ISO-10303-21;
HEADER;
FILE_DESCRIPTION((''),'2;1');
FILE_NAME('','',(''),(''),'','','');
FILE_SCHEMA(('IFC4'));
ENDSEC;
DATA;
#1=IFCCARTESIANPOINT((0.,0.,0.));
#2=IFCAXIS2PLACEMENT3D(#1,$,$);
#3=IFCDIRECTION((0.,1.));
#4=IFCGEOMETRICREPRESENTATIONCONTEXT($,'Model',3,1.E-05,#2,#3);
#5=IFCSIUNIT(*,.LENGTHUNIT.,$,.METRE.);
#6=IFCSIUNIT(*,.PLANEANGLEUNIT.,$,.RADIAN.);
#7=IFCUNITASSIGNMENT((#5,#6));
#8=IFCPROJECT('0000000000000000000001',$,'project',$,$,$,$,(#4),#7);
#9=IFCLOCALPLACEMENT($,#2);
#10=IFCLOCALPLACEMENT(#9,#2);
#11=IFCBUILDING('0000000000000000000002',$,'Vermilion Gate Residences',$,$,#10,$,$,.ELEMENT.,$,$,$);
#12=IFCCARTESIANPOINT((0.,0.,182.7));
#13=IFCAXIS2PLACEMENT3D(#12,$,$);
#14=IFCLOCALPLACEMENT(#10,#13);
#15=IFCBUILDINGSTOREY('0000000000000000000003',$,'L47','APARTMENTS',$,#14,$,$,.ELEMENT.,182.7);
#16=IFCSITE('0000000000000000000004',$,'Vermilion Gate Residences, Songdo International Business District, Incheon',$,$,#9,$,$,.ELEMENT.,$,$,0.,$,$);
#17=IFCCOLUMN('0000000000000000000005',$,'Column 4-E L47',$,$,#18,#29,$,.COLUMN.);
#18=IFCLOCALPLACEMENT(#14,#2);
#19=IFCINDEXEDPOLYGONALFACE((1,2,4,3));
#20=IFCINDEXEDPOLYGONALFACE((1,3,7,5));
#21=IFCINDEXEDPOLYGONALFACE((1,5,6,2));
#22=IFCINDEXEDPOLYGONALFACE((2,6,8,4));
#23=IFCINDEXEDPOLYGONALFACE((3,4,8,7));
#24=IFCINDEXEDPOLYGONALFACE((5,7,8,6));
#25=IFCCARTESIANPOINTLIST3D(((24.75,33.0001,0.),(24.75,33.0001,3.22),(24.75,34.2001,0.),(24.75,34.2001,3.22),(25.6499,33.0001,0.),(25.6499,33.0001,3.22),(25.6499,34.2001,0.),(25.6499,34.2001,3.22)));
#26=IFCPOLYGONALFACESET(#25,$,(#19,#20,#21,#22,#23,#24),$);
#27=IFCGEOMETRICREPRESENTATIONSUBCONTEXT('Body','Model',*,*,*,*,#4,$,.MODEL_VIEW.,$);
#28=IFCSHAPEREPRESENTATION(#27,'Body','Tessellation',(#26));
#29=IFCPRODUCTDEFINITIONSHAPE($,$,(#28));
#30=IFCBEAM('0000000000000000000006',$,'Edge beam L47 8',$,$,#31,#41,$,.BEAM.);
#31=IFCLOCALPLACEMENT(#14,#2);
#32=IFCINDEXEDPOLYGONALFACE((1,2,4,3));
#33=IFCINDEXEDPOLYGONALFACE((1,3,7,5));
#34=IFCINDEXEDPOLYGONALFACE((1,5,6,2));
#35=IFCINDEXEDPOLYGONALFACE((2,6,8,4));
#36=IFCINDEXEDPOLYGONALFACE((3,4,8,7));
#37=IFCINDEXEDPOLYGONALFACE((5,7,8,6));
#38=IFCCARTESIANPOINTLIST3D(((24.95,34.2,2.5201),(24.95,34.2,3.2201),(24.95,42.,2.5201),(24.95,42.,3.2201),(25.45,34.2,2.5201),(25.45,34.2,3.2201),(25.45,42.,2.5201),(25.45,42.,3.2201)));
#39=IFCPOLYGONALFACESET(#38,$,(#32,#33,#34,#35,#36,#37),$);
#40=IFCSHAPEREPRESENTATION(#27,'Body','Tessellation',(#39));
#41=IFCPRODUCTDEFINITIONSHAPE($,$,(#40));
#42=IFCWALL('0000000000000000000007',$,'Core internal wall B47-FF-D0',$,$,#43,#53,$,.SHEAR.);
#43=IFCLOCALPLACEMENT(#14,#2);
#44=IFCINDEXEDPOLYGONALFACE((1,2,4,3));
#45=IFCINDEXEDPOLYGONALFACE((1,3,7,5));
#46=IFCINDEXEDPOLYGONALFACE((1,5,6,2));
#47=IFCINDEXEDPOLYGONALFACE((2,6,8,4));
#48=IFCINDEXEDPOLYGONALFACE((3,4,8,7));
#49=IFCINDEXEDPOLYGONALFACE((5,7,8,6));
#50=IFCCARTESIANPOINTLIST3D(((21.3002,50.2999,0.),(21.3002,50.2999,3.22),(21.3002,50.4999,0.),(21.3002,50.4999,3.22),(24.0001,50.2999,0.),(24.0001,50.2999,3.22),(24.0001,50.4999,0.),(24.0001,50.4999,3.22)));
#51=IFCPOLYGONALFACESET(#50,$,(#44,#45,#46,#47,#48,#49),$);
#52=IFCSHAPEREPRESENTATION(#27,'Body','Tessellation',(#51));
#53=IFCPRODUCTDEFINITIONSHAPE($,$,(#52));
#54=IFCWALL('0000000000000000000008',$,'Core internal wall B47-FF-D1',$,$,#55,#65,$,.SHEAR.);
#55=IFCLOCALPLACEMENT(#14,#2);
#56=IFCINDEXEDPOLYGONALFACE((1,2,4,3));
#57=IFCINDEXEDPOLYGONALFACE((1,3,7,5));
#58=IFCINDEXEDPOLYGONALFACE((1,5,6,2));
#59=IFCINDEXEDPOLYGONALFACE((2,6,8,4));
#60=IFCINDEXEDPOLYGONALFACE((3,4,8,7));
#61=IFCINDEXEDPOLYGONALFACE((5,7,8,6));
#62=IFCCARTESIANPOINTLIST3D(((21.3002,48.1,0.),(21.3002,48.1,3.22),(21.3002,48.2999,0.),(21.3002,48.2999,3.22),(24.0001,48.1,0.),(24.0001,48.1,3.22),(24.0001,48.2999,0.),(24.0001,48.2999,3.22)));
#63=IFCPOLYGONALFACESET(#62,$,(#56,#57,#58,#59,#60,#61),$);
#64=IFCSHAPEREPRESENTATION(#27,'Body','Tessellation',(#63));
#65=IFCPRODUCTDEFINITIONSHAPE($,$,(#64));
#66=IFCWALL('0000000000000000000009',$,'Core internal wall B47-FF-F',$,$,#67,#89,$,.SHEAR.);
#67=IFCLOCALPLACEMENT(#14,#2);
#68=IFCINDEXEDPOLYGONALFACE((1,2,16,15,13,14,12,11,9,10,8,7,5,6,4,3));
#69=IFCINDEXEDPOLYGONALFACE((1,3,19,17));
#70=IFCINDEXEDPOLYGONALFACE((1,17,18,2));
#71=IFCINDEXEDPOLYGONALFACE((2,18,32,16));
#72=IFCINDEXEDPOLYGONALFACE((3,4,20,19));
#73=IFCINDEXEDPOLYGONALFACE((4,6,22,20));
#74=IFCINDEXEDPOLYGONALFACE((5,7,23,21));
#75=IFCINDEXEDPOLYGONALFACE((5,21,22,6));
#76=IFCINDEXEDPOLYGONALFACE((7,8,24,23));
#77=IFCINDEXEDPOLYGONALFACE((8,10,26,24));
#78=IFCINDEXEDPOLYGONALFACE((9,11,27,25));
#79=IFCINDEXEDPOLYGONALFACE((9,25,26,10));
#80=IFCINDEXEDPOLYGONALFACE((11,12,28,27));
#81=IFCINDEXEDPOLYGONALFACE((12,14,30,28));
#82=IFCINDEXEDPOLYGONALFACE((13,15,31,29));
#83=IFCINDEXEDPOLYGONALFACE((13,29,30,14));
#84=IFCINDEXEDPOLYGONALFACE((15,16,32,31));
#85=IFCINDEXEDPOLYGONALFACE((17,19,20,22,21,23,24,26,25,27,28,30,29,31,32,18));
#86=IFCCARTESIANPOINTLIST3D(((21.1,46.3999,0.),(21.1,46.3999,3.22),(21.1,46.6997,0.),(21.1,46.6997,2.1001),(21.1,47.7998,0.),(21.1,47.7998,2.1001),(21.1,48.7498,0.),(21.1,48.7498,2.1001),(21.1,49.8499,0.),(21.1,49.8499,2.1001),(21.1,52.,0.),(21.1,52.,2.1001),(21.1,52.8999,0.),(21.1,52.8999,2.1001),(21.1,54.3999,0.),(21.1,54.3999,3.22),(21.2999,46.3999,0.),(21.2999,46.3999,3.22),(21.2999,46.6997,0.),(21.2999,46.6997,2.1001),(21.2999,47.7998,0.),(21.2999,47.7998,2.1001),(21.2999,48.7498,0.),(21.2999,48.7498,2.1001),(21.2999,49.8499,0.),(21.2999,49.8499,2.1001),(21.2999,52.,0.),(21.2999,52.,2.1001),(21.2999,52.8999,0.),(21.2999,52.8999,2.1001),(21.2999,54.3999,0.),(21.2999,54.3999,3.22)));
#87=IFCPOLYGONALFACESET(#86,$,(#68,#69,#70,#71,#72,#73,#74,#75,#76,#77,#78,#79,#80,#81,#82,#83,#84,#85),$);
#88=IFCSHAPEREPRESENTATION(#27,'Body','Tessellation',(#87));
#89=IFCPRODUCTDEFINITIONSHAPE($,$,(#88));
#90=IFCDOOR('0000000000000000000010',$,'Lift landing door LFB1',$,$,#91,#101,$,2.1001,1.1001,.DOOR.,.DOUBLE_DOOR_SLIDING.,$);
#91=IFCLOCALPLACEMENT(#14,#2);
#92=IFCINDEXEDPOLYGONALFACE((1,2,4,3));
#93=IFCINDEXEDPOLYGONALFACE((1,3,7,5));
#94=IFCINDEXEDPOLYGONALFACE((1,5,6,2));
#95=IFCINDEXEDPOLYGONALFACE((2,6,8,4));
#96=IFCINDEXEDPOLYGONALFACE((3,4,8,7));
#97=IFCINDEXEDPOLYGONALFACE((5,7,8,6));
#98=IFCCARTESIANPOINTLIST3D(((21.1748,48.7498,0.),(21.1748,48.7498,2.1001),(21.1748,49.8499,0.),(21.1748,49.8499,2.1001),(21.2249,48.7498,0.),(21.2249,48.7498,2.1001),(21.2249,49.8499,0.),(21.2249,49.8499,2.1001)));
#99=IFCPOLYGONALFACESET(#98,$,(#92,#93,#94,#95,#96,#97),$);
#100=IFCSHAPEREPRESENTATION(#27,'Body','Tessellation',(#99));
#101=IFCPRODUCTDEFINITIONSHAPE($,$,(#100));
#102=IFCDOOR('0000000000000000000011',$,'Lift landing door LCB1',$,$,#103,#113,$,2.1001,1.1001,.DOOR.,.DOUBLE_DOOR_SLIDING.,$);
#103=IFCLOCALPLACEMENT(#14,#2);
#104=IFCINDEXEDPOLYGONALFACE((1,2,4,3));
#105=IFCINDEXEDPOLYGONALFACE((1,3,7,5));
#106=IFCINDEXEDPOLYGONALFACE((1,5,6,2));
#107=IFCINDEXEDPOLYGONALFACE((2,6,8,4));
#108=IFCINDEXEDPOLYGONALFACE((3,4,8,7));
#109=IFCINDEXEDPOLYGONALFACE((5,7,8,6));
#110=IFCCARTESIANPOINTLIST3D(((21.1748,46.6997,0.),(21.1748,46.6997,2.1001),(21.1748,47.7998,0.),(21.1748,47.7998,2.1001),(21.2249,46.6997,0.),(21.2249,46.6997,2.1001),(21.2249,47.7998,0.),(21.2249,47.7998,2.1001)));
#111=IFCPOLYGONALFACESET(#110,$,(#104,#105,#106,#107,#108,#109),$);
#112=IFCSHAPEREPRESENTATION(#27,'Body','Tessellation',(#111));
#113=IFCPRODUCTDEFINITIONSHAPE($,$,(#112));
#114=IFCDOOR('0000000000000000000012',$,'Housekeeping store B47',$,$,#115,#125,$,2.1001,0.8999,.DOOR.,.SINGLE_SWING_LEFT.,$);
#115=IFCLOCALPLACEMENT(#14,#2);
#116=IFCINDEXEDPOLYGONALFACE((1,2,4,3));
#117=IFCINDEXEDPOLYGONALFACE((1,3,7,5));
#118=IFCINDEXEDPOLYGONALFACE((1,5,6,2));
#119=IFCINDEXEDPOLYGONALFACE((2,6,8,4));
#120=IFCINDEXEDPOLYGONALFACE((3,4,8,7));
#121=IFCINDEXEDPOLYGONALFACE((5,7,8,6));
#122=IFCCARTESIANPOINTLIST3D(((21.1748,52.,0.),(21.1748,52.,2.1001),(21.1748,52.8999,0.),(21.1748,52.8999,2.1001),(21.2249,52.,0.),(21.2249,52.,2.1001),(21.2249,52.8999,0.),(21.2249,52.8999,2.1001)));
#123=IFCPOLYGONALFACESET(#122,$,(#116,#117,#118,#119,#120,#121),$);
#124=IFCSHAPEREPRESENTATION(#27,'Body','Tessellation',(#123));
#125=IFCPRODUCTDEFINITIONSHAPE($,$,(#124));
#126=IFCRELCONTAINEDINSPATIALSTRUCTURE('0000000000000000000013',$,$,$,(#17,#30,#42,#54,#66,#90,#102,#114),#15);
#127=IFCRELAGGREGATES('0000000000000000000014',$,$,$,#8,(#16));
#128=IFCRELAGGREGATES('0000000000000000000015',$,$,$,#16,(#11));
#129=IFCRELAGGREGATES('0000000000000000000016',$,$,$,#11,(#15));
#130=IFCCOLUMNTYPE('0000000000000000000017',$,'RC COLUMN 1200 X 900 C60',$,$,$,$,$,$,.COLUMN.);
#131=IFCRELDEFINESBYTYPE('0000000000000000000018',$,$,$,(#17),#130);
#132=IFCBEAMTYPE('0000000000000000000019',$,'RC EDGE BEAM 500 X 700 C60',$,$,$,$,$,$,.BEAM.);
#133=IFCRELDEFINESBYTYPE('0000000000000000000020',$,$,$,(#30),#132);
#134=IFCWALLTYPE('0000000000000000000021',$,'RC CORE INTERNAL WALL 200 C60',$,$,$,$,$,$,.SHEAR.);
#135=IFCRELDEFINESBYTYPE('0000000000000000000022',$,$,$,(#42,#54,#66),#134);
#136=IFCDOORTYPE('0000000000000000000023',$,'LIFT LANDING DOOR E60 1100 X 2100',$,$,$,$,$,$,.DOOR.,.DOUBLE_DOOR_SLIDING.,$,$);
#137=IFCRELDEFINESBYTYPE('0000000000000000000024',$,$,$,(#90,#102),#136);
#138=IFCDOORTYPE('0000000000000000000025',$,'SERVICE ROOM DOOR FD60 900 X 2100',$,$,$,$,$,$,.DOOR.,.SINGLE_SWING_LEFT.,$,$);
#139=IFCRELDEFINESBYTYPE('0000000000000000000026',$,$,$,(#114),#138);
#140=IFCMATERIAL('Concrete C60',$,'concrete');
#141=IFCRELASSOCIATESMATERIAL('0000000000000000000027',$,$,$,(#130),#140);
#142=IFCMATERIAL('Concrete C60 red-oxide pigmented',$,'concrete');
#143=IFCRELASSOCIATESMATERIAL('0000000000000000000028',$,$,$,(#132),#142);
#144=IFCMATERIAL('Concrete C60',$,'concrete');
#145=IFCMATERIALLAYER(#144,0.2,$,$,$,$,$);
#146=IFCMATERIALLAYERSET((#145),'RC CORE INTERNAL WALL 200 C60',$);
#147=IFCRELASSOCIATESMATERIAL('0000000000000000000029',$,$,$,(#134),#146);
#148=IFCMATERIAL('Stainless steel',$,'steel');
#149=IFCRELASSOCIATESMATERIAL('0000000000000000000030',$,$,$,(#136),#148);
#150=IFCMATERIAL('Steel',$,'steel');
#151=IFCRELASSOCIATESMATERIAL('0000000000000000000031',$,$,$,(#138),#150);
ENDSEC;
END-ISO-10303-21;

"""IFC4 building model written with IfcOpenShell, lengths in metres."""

from ifc_helpers import new_model, si_unit, direction, frame, frame_2d, origin, origin_2d, place, context, subcontext, project, spatial, rectangle, extrude, material, layer, layer_set, material_profile, profile_set, type_object, element, fill, save


model = new_model("IFC4")

# Units and contexts
model_context = context("Model", 3, precision=1e-05, world=origin(), true_north=direction((0.0, 1.0)))
body_context = subcontext(model_context, "Body", "Model", "MODEL_VIEW")
ifc_project = project(units=[si_unit("LENGTHUNIT", "METRE"), si_unit("PLANEANGLEUNIT", "RADIAN")], contexts=[model_context])

# Site, building, storey
site_placement = place(None, origin())
site = spatial("IfcSite", under=ifc_project, at=site_placement, Name="Vermilion Gate Residences, Songdo International Business District, Incheon", CompositionType="ELEMENT", RefElevation=0.0)
building_placement = place(site_placement, origin())
building = spatial("IfcBuilding", under=site, at=building_placement, Name="Vermilion Gate Residences", CompositionType="ELEMENT")
storey_placement = place(building_placement, frame((0.0, 0.0, 182.7)))
storey = spatial("IfcBuildingStorey", under=building, at=storey_placement, Name="L47", Description="APARTMENTS", CompositionType="ELEMENT", Elevation=182.7)

# Column
ifc_material_1 = material(Name="Concrete C60", Category="concrete")
ifc_material_profile_1 = material_profile(ifc_material_1, rectangle(XDim=1.2, YDim=0.8999, at=origin_2d()), Name="RC-1200x900")
ifc_profile_set_1 = profile_set([ifc_material_profile_1], Name="Concrete C60")
column_type = type_object("IfcColumnType", Name="RC COLUMN 1200 X 900 C60", PredefinedType="COLUMN", material=ifc_profile_set_1)
column_placement = place(storey_placement, frame((25.2, 33.6001, 0.0), z_axis=(0.0, 0.0, 1.0), x_axis=(0.0, 1.0, 0.0)))
element("IfcColumn", 1, at=column_placement, inside=storey, type_object=column_type, Name="Column 4-E L47", PredefinedType="COLUMN", context=body_context, shape_type="SweptSolid", body=[
    extrude(rectangle(XDim=1.2, YDim=0.8999, at=origin_2d()), origin(), (0.0, 0.0, 1.0), 3.22),
])

# Beam
ifc_material_2 = material(Name="Concrete C60 red-oxide pigmented", Category="concrete")
ifc_material_profile_2 = material_profile(ifc_material_2, rectangle(XDim=0.5, YDim=0.7, at=origin_2d()), Name="RC-500x700")
ifc_profile_set_2 = profile_set([ifc_material_profile_2], Name="Concrete C60 red-oxide pigmented")
beam_type = type_object("IfcBeamType", Name="RC EDGE BEAM 500 X 700 C60", PredefinedType="BEAM", material=ifc_profile_set_2)
beam_placement = place(storey_placement, frame((25.2, 34.2, 2.8701), z_axis=(0.0, 1.0, 0.0), x_axis=(-1.0, 0.0, 0.0)))
element("IfcBeam", 2, at=beam_placement, inside=storey, type_object=beam_type, Name="Edge beam L47 8", PredefinedType="BEAM", context=body_context, shape_type="SweptSolid", body=[
    extrude(rectangle(XDim=0.5, YDim=0.7, at=origin_2d()), origin(), (0.0, 0.0, 1.0), 7.8),
])

# Walls
ifc_material_3 = material(Name="Concrete C60", Category="concrete")
ifc_layer_1 = layer(ifc_material_3, 0.2)
ifc_layer_set_1 = layer_set([ifc_layer_1], Name="RC CORE INTERNAL WALL 200 C60")
wall_type_1 = type_object("IfcWallType", Name="RC CORE INTERNAL WALL 200 C60", PredefinedType="SHEAR", material=ifc_layer_set_1)
for number, where, z_axis, x_axis, name in (
    (3, (21.3, 50.3999, 0.0), (0.0, 0.0, 1.0), (1.0, 0.0, 0.0), "Core internal wall B47-FF-D0"),
    (4, (21.3, 48.2, 0.0), (0.0, 0.0, 1.0), (1.0, 0.0, 0.0), "Core internal wall B47-FF-D1"),
):
    element("IfcWall", number, at=place(storey_placement, frame(where, z_axis=z_axis, x_axis=x_axis)), inside=storey, type_object=wall_type_1, Name=name, PredefinedType="SHEAR", context=body_context, shape_type="SweptSolid", body=[
        extrude(rectangle(XDim=2.7, YDim=0.2, at=frame_2d((1.3501, 0.0))), origin(), (0.0, 0.0, 1.0), 3.22),
    ])

# Wall, openings, doors
wall_1_placement = place(storey_placement, frame((21.2, 54.3999, 0.0), z_axis=(0.0, 0.0, 1.0), x_axis=(0.0, -1.0, 0.0)))
wall_1 = element("IfcWall", 5, at=wall_1_placement, inside=storey, type_object=wall_type_1, Name="Core internal wall B47-FF-F", PredefinedType="SHEAR", context=body_context, shape_type="SweptSolid", body=[
    extrude(rectangle(XDim=8.0, YDim=0.2, at=frame_2d((4.0, 0.0))), origin(), (0.0, 0.0, 1.0), 3.22),
])
opening_1_placement = place(wall_1_placement, frame((1.5, 0.0, 0.0)))
opening_1 = element("IfcOpeningElement", 6, at=opening_1_placement, cuts=wall_1, PredefinedType="OPENING", context=body_context, shape_type="SweptSolid", body=[
    extrude(rectangle(XDim=0.8999, YDim=2.1001, at=frame_2d((0.45, 1.05))), frame((0.0, 0.1099, 0.0), z_axis=(0.0, -1.0, 0.0), x_axis=(1.0, 0.0, 0.0)), (0.0, 0.0, 1.0), 0.22),
])
opening_2_placement = place(wall_1_placement, frame((4.55, 0.0, 0.0)))
opening_2 = element("IfcOpeningElement", 7, at=opening_2_placement, cuts=wall_1, PredefinedType="OPENING", context=body_context, shape_type="SweptSolid", body=[
    extrude(rectangle(XDim=1.1001, YDim=2.1001, at=frame_2d((0.55, 1.05))), frame((0.0, 0.1099, 0.0), z_axis=(0.0, -1.0, 0.0), x_axis=(1.0, 0.0, 0.0)), (0.0, 0.0, 1.0), 0.22),
])
opening_3_placement = place(wall_1_placement, frame((6.6001, 0.0, 0.0)))
opening_3 = element("IfcOpeningElement", 8, at=opening_3_placement, cuts=wall_1, PredefinedType="OPENING", context=body_context, shape_type="SweptSolid", body=[
    extrude(rectangle(XDim=1.1001, YDim=2.1001, at=frame_2d((0.55, 1.05))), frame((0.0, 0.1099, 0.0), z_axis=(0.0, -1.0, 0.0), x_axis=(1.0, 0.0, 0.0)), (0.0, 0.0, 1.0), 0.22),
])
ifc_material_4 = material(Name="Stainless steel", Category="steel")
door_type_1 = type_object("IfcDoorType", Name="LIFT LANDING DOOR E60 1100 X 2100", OperationType="DOUBLE_DOOR_SLIDING", PredefinedType="DOOR", material=ifc_material_4)
door_1_placement = place(opening_2_placement, origin())
door_1 = element("IfcDoor", 9, at=door_1_placement, inside=storey, type_object=door_type_1, Name="Lift landing door LFB1", OperationType="DOUBLE_DOOR_SLIDING", OverallHeight=2.1001, OverallWidth=1.1001, PredefinedType="DOOR", context=body_context, shape_type="SweptSolid", body=[
    extrude(rectangle(XDim=1.1001, YDim=2.1001, at=frame_2d((0.55, 1.05))), frame((0.0, 0.0249, 0.0), z_axis=(0.0, -1.0, 0.0), x_axis=(1.0, 0.0, 0.0)), (0.0, 0.0, 1.0), 0.05),
])
fill(opening_2, door_1)
door_2_placement = place(opening_3_placement, origin())
door_2 = element("IfcDoor", 10, at=door_2_placement, inside=storey, type_object=door_type_1, Name="Lift landing door LCB1", OperationType="DOUBLE_DOOR_SLIDING", OverallHeight=2.1001, OverallWidth=1.1001, PredefinedType="DOOR", context=body_context, shape_type="SweptSolid", body=[
    extrude(rectangle(XDim=1.1001, YDim=2.1001, at=frame_2d((0.55, 1.05))), frame((0.0, 0.0249, 0.0), z_axis=(0.0, -1.0, 0.0), x_axis=(1.0, 0.0, 0.0)), (0.0, 0.0, 1.0), 0.05),
])
fill(opening_3, door_2)
ifc_material_5 = material(Name="Steel", Category="steel")
door_type_2 = type_object("IfcDoorType", Name="SERVICE ROOM DOOR FD60 900 X 2100", OperationType="SINGLE_SWING_LEFT", PredefinedType="DOOR", material=ifc_material_5)
door_3_placement = place(opening_1_placement, origin())
door_3 = element("IfcDoor", 11, at=door_3_placement, inside=storey, type_object=door_type_2, Name="Housekeeping store B47", OperationType="SINGLE_SWING_LEFT", OverallHeight=2.1001, OverallWidth=0.8999, PredefinedType="DOOR", context=body_context, shape_type="SweptSolid", body=[
    extrude(rectangle(XDim=0.8999, YDim=2.1001, at=frame_2d((0.45, 1.05))), frame((0.0, 0.0249, 0.0), z_axis=(0.0, -1.0, 0.0), x_axis=(1.0, 0.0, 0.0)), (0.0, 0.0, 1.0), 0.05),
])
fill(opening_1, door_3)

save(model, "model.ifc")
